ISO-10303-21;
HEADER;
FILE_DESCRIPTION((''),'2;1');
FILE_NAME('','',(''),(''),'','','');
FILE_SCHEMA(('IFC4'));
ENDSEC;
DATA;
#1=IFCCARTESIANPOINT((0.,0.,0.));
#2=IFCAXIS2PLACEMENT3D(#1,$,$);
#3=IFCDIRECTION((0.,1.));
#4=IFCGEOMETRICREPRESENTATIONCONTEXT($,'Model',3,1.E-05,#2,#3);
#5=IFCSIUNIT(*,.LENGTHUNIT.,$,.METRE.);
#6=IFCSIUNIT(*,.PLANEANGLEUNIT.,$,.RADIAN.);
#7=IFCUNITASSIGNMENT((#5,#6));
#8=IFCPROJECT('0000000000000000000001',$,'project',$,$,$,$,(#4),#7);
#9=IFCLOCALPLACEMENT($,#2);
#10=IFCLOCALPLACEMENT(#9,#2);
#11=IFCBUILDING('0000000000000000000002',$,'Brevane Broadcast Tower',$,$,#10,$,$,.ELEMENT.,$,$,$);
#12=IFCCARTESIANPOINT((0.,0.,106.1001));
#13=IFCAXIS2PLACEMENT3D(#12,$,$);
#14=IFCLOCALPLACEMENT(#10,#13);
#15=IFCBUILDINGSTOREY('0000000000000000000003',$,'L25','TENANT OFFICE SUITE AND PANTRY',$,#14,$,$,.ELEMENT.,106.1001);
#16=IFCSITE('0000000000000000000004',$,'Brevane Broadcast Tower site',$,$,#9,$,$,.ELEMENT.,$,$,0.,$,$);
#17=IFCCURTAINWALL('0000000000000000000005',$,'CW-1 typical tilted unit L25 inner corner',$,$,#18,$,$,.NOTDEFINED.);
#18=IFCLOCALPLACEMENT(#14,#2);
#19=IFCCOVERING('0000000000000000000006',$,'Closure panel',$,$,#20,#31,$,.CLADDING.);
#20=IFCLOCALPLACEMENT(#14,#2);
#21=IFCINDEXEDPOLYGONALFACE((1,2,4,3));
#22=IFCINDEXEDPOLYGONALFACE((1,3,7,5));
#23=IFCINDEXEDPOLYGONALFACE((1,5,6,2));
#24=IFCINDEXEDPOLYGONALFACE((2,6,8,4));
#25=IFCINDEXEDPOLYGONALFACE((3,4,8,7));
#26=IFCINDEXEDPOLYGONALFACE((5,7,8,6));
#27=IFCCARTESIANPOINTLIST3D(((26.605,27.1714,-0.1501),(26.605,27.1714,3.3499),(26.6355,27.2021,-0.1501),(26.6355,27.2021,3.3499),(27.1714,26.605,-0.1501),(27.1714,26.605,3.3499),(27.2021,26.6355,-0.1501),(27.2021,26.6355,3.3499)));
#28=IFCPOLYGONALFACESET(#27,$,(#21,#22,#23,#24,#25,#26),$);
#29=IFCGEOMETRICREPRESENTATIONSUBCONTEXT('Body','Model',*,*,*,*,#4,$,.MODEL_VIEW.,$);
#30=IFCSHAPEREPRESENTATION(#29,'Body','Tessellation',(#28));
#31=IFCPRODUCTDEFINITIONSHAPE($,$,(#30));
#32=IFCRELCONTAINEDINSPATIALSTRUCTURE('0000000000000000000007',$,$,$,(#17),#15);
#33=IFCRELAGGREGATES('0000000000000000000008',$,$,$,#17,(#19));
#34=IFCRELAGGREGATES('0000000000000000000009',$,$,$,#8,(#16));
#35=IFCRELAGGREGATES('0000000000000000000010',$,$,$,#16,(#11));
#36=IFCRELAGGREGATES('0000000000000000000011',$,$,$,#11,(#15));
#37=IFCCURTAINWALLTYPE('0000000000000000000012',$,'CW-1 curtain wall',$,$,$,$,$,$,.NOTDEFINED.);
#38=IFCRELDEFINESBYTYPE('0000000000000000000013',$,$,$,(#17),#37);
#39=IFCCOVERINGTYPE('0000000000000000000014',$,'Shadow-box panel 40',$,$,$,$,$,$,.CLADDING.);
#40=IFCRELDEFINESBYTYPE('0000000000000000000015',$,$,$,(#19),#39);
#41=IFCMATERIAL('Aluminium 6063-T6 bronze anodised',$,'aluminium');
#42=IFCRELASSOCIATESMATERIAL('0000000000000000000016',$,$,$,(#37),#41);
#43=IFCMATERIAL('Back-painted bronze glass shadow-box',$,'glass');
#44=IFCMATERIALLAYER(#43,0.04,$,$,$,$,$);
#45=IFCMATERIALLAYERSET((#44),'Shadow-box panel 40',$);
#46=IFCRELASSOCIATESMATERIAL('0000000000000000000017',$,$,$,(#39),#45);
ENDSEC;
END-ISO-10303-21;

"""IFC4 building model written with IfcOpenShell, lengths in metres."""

from ifc_helpers import new_model, si_unit, direction, frame, origin, place, context, subcontext, project, spatial, polyline, outline, extrude, material, layer, layer_set, type_object, element, aggregate, save


model = new_model("IFC4")

# Units and contexts
model_context = context("Model", 3, precision=1e-05, world=origin(), true_north=direction((0.0, 1.0)))
body_context = subcontext(model_context, "Body", "Model", "MODEL_VIEW")
ifc_project = project(units=[si_unit("LENGTHUNIT", "METRE"), si_unit("PLANEANGLEUNIT", "RADIAN")], contexts=[model_context])

# Site, building, storey
site_placement = place(None, origin())
site = spatial("IfcSite", under=ifc_project, at=site_placement, Name="Brevane Broadcast Tower site", CompositionType="ELEMENT", RefElevation=0.0)
building_placement = place(site_placement, origin())
building = spatial("IfcBuilding", under=site, at=building_placement, Name="Brevane Broadcast Tower", CompositionType="ELEMENT")
storey_placement = place(building_placement, frame((0.0, 0.0, 106.1001)))
storey = spatial("IfcBuildingStorey", under=building, at=storey_placement, Name="L25", Description="TENANT OFFICE SUITE AND PANTRY", CompositionType="ELEMENT", Elevation=106.1001)

# Shared definitions
ifc_material_1 = material(Name="Aluminium 6063-T6 bronze anodised", Category="aluminium")
curtain_wall_type = type_object("IfcCurtainWallType", Name="CW-1 curtain wall", PredefinedType="NOTDEFINED", material=ifc_material_1)

# Curtain wall, covering
curtain_wall_1_placement = place(storey_placement, origin())
curtain_wall_1 = element("IfcCurtainWall", 1, at=curtain_wall_1_placement, inside=storey, type_object=curtain_wall_type, Name="CW-1 typical tilted unit L25 inner corner", PredefinedType="NOTDEFINED")
ifc_material_2 = material(Name="Back-painted bronze glass shadow-box", Category="glass")
ifc_layer_1 = layer(ifc_material_2, 0.04)
ifc_layer_set_1 = layer_set([ifc_layer_1], Name="Shadow-box panel 40")
covering_type = type_object("IfcCoveringType", Name="Shadow-box panel 40", PredefinedType="CLADDING", material=ifc_layer_set_1)
covering_placement = place(storey_placement, frame((0.0, 0.0, -0.1501)))
covering = element("IfcCovering", 2, at=covering_placement, type_object=covering_type, Name="Closure panel", PredefinedType="CLADDING", context=body_context, shape_type="SweptSolid", body=[
    extrude(outline(polyline([(27.1714, 26.605), (27.2021, 26.6355), (26.6355, 27.2021), (26.605, 27.1714), (27.1714, 26.605)])), origin(), (0.0, 0.0, 1.0), 3.5),
])
aggregate(curtain_wall_1, [covering])

save(model, "model.ifc")
